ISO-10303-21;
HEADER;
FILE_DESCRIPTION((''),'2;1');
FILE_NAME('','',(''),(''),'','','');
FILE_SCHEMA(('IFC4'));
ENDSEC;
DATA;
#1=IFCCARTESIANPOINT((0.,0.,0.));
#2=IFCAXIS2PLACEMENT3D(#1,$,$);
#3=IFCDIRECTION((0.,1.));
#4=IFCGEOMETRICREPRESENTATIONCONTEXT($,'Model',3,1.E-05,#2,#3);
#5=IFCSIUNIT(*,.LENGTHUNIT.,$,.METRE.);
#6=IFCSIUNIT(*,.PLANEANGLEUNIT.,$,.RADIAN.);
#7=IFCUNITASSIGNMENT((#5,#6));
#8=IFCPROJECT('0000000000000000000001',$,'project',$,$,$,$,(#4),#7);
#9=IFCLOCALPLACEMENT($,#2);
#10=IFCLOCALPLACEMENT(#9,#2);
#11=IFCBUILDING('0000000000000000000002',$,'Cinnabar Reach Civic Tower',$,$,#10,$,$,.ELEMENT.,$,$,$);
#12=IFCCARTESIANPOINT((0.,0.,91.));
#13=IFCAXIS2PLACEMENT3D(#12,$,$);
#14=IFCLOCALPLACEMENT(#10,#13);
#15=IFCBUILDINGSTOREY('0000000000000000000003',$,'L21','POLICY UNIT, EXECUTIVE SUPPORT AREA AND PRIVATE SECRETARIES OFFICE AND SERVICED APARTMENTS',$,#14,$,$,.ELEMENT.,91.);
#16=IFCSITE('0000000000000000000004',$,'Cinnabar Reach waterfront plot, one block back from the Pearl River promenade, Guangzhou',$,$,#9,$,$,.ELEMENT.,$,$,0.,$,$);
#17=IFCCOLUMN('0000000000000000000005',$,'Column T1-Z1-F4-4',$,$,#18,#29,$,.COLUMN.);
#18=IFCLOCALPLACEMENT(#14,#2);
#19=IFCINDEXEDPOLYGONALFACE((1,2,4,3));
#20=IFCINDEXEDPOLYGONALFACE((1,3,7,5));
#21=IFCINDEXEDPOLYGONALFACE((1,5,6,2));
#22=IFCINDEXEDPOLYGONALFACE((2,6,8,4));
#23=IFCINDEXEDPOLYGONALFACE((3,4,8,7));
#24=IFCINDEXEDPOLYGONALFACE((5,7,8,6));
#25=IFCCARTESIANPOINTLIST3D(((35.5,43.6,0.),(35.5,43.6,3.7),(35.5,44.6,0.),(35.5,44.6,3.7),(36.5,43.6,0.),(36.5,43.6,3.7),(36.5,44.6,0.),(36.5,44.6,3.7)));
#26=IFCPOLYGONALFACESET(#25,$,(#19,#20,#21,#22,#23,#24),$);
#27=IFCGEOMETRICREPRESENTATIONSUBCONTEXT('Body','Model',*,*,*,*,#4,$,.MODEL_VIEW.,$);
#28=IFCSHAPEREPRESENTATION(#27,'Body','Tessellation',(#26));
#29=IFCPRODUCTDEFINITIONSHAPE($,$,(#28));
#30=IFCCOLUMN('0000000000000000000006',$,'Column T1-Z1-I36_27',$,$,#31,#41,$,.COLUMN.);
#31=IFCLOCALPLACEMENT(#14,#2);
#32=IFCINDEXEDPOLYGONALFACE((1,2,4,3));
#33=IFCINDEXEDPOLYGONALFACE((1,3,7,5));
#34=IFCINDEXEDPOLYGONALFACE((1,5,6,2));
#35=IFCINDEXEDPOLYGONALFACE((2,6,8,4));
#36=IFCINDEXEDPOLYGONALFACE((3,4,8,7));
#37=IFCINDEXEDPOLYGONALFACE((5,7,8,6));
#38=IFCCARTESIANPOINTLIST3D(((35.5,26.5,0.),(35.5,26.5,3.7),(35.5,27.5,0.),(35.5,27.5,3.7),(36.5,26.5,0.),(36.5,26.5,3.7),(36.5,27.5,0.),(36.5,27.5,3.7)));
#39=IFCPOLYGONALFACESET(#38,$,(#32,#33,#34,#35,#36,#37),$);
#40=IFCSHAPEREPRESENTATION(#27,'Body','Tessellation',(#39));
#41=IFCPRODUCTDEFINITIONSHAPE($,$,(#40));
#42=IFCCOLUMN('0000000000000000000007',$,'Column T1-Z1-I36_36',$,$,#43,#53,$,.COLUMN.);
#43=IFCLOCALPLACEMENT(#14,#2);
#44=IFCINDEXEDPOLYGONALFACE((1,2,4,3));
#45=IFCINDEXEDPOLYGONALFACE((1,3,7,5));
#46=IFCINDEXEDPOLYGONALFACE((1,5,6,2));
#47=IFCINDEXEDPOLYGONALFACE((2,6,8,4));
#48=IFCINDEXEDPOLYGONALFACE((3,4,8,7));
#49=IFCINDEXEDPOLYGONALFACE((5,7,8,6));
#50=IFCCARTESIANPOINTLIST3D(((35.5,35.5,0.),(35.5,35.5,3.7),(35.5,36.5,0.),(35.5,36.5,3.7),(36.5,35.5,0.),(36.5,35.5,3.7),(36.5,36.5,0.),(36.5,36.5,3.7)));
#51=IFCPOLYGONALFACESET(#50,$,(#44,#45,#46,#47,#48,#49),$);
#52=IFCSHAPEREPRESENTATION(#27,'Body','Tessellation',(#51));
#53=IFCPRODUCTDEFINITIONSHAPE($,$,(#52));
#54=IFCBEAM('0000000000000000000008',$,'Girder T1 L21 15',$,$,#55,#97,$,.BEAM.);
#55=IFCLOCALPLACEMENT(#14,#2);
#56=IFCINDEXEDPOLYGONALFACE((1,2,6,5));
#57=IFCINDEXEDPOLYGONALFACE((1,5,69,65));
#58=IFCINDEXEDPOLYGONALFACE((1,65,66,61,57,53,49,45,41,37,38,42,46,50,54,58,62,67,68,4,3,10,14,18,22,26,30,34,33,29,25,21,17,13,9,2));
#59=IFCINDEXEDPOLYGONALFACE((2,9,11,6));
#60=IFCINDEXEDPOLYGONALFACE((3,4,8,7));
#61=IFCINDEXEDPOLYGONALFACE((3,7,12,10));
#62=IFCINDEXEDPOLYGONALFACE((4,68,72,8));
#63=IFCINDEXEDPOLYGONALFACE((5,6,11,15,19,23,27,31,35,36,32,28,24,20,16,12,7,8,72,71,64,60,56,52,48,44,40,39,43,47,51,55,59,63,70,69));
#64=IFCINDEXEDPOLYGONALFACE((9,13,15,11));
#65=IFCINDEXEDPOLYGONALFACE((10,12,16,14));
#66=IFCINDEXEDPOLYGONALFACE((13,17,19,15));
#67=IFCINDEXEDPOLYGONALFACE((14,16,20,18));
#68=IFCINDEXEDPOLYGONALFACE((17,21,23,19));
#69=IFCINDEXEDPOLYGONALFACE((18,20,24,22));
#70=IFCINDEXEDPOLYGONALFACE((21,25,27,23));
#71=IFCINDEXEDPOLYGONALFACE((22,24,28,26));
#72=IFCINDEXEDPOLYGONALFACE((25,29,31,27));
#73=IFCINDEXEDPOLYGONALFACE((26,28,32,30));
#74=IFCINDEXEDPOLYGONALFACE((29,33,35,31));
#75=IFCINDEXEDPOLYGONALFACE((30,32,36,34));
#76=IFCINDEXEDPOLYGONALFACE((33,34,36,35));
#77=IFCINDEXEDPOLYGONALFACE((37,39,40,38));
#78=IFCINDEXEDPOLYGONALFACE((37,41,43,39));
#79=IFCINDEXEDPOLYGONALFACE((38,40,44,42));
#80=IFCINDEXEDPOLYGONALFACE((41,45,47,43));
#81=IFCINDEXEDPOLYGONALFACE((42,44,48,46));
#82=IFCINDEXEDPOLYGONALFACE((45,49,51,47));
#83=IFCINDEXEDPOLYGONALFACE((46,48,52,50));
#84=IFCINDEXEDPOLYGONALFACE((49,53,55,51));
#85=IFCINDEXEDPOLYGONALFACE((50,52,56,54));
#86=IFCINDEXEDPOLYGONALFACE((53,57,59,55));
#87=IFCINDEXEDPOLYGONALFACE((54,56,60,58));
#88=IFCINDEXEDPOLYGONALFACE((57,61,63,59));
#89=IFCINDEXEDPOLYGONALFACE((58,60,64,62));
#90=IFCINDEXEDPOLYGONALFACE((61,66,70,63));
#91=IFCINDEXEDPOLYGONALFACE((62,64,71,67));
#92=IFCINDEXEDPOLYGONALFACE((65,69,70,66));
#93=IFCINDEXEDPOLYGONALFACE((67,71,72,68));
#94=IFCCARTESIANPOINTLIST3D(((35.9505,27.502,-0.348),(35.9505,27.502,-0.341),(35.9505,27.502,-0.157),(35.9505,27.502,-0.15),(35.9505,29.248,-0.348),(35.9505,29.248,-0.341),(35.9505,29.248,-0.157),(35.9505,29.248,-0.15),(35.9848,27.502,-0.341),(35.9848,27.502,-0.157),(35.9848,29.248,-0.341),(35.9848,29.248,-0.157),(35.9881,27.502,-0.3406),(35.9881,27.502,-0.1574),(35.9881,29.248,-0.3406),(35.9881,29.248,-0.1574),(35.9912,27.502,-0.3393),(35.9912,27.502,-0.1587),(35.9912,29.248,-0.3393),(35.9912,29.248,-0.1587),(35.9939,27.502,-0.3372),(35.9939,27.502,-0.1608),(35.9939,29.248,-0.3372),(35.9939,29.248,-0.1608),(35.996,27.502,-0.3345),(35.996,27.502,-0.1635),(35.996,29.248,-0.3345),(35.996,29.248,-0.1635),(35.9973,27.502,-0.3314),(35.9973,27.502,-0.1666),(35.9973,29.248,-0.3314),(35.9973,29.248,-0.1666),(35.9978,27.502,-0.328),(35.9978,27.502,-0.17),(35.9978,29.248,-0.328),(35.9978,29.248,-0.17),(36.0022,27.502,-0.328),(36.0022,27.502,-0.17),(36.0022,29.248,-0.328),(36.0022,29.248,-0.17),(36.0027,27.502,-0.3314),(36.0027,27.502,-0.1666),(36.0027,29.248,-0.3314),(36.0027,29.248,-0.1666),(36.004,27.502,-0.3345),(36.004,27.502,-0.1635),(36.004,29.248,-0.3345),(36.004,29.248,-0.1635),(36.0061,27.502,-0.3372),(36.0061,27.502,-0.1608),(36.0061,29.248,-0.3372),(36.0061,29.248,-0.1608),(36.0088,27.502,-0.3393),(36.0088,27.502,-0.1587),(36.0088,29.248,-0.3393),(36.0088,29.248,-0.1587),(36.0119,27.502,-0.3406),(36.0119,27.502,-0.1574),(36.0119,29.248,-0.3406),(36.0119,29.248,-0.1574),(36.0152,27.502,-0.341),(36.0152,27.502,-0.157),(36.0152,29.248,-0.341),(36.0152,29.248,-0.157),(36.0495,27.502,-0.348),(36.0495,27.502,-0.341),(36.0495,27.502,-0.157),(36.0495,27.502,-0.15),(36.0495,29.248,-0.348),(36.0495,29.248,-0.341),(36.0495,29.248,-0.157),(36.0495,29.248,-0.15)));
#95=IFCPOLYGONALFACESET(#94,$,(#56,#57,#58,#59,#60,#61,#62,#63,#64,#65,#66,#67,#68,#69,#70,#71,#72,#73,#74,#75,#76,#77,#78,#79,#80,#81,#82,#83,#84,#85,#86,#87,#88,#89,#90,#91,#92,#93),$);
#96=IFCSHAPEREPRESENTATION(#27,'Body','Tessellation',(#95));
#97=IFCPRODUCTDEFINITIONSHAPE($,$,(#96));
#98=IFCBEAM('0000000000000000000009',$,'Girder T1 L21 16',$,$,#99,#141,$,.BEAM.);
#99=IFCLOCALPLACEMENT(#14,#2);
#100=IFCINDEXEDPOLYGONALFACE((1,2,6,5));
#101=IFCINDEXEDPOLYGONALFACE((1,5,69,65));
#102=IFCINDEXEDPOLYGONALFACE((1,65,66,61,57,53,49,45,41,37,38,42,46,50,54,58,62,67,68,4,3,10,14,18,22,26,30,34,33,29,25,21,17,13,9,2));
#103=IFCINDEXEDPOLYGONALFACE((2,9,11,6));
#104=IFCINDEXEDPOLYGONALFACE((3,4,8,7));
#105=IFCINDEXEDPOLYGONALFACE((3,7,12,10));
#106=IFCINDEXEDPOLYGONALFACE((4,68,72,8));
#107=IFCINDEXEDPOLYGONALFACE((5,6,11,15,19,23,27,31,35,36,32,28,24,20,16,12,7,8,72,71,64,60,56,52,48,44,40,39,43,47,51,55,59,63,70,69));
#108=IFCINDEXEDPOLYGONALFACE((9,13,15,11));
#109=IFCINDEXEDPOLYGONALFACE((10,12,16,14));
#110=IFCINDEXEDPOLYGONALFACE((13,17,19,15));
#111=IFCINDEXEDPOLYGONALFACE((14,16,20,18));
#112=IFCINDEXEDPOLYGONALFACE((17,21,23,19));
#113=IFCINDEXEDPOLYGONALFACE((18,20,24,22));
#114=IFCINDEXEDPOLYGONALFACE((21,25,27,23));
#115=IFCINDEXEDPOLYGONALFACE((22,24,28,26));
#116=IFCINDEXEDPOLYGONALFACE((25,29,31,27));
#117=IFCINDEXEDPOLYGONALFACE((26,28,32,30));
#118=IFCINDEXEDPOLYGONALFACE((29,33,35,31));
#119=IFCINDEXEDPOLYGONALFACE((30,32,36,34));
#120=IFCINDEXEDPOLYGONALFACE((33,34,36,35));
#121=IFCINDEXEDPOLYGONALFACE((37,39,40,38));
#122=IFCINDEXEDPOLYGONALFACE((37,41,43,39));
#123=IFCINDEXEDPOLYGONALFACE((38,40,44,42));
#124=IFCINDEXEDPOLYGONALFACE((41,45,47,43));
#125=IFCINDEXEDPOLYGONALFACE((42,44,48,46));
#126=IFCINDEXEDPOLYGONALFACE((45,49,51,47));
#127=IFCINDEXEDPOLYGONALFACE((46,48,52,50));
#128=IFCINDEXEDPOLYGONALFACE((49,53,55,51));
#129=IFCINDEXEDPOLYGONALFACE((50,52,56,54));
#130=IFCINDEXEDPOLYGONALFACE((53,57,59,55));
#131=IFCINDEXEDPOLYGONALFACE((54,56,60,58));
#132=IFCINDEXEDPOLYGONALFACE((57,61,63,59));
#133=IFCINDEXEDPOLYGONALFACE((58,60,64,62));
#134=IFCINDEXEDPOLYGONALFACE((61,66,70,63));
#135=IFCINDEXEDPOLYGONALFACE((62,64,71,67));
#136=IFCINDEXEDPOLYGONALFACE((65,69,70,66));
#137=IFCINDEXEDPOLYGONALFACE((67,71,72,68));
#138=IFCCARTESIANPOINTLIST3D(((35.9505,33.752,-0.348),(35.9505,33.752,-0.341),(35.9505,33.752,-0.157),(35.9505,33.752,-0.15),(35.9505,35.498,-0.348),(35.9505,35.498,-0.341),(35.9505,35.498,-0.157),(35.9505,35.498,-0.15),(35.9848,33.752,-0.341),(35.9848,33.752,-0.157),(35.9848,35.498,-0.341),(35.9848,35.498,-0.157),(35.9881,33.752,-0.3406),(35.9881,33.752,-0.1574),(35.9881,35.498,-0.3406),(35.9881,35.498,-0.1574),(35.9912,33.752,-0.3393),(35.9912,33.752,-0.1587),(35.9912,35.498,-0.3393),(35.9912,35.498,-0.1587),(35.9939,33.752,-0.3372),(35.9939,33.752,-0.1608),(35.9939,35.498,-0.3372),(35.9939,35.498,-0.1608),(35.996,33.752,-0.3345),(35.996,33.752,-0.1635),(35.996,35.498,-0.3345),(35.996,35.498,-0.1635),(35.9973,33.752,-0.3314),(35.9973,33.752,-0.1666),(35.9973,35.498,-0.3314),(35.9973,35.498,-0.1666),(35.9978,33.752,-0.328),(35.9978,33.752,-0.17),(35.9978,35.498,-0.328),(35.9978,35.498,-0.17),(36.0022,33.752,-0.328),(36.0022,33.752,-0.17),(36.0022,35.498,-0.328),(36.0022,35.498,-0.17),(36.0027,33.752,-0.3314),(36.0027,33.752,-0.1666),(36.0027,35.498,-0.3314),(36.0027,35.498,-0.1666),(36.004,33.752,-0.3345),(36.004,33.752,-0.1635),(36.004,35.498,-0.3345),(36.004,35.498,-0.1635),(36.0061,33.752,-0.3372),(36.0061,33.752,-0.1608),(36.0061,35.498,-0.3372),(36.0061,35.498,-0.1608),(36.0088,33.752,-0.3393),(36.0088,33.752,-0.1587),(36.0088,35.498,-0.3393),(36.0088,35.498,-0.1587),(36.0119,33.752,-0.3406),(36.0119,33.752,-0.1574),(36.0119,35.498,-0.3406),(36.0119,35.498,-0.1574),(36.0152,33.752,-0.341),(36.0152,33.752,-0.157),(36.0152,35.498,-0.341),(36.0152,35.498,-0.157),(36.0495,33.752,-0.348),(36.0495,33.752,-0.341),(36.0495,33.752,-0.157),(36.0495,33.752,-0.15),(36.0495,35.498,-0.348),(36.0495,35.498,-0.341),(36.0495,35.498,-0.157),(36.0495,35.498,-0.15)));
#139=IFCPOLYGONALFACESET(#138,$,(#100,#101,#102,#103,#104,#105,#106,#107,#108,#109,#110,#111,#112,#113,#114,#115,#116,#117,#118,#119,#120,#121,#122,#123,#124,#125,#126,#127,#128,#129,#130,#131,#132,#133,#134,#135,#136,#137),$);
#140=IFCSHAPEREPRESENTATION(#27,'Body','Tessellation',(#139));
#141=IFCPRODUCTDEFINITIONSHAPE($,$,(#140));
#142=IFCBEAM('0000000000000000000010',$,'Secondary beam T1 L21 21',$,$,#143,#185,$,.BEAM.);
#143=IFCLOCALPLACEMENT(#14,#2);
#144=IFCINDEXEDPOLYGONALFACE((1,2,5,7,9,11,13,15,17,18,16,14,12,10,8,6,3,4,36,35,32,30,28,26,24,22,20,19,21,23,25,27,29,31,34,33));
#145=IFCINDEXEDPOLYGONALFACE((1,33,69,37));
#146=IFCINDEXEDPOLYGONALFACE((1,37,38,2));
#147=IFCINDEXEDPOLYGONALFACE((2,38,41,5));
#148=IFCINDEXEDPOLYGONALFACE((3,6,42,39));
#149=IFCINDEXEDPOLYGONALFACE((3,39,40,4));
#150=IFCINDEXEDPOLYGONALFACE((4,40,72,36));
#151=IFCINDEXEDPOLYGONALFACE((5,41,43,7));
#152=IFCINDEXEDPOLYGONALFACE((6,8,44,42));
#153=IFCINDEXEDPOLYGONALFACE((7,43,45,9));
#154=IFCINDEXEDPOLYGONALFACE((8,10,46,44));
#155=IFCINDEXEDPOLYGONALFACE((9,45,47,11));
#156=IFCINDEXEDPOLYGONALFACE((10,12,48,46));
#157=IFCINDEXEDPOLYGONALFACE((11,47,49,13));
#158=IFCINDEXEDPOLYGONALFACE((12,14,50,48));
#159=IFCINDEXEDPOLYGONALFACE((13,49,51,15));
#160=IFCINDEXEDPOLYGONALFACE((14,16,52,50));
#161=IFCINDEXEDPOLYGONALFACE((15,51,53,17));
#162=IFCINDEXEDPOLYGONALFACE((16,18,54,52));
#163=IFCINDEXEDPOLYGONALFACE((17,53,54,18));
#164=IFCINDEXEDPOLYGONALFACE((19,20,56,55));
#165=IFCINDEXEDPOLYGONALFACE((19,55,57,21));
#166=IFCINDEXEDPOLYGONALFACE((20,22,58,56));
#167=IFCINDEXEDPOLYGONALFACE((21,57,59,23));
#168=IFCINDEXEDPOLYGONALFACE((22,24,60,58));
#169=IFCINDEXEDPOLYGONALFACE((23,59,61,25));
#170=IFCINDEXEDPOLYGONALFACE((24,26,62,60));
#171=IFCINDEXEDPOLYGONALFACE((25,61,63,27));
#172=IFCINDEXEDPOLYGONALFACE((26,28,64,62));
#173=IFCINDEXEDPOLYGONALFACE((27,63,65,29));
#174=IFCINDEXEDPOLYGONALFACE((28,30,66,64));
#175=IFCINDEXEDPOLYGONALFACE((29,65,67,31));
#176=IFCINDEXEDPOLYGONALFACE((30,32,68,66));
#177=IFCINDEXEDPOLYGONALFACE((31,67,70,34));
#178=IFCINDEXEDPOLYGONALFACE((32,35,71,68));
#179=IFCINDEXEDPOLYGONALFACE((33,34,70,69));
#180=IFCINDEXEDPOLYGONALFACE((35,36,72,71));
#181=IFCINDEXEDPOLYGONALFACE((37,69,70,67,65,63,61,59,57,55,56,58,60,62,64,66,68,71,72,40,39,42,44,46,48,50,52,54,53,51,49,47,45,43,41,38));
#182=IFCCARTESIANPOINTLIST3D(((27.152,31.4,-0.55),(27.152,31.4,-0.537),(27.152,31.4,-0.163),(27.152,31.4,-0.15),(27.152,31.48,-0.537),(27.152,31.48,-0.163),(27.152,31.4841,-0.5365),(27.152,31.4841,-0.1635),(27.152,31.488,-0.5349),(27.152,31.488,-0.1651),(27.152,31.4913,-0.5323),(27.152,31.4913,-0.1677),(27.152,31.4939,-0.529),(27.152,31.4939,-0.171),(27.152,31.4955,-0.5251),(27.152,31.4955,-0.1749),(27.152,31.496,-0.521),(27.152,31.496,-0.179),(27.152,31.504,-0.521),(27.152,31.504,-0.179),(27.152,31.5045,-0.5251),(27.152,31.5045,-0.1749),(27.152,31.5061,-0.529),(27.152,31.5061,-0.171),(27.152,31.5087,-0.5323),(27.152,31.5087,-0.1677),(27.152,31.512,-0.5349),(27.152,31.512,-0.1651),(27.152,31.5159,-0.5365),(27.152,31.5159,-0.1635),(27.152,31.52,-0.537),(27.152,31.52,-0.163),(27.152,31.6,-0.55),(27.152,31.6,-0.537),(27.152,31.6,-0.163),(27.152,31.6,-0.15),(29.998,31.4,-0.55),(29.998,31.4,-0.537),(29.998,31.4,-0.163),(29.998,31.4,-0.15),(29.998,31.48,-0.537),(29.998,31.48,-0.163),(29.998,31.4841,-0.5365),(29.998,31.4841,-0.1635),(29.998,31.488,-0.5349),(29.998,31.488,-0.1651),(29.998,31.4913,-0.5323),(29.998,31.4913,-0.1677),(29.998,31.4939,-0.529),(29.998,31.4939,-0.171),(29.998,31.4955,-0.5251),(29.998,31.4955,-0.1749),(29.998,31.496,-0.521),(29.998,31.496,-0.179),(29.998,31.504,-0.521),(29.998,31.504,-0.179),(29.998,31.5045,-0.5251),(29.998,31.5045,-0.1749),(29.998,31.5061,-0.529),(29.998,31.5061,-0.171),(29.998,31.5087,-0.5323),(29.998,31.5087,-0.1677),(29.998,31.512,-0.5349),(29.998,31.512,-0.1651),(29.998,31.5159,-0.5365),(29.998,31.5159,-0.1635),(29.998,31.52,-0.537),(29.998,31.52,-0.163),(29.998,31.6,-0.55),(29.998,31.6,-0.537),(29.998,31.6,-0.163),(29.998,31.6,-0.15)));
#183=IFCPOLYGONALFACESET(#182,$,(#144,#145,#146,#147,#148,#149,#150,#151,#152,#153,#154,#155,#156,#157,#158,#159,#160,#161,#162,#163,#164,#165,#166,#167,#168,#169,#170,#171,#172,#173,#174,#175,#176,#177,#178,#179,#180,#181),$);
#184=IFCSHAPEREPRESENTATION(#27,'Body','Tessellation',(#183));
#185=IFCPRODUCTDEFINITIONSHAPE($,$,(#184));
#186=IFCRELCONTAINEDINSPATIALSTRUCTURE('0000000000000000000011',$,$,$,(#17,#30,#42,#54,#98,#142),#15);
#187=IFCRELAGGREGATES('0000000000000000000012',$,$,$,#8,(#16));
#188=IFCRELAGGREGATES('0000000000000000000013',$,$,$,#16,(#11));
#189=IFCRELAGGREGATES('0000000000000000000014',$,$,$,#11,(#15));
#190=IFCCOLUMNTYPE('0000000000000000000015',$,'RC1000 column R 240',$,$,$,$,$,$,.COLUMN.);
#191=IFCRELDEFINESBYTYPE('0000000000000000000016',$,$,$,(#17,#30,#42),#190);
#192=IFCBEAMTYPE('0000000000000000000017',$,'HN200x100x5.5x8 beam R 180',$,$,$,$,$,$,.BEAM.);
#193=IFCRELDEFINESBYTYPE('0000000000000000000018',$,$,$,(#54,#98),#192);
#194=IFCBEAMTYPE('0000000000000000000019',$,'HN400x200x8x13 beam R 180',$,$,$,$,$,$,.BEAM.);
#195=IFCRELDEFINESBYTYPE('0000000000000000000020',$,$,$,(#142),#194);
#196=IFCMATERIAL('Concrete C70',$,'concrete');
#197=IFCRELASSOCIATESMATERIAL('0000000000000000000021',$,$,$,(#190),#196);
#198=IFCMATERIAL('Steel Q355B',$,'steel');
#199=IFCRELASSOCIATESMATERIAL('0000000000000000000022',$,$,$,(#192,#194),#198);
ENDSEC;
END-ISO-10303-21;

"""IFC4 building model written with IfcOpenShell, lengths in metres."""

from ifc_helpers import new_model, si_unit, direction, frame, origin, origin_2d, place, context, subcontext, project, spatial, rectangle, i_section, extrude, material, material_profile, profile_set, type_object, element, save


model = new_model("IFC4")

# Units and contexts
model_context = context("Model", 3, precision=1e-05, world=origin(), true_north=direction((0.0, 1.0)))
body_context = subcontext(model_context, "Body", "Model", "MODEL_VIEW")
ifc_project = project(units=[si_unit("LENGTHUNIT", "METRE"), si_unit("PLANEANGLEUNIT", "RADIAN")], contexts=[model_context])

# Site, building, storey
site_placement = place(None, origin())
site = spatial("IfcSite", under=ifc_project, at=site_placement, Name="Cinnabar Reach waterfront plot, one block back from the Pearl River promenade, Guangzhou", CompositionType="ELEMENT", RefElevation=0.0)
building_placement = place(site_placement, origin())
building = spatial("IfcBuilding", under=site, at=building_placement, Name="Cinnabar Reach Civic Tower", CompositionType="ELEMENT")
storey_placement = place(building_placement, frame((0.0, 0.0, 91.0)))
storey = spatial("IfcBuildingStorey", under=building, at=storey_placement, Name="L21", Description="POLICY UNIT, EXECUTIVE SUPPORT AREA AND PRIVATE SECRETARIES OFFICE AND SERVICED APARTMENTS", CompositionType="ELEMENT", Elevation=91.0)

# Columns
ifc_material_1 = material(Name="Concrete C70", Category="concrete")
ifc_material_profile_1 = material_profile(ifc_material_1, rectangle(XDim=1.0, YDim=1.0, at=origin_2d()), Name="RC1000")
ifc_profile_set_1 = profile_set([ifc_material_profile_1], Name="Concrete C70")
column_type = type_object("IfcColumnType", Name="RC1000 column R 240", PredefinedType="COLUMN", material=ifc_profile_set_1)
for number, where, z_axis, x_axis, name in (
    (1, (36.0, 44.1, 0.0), (0.0, 0.0, 1.0), (1.0, 0.0, 0.0), "Column T1-Z1-F4-4"),
    (2, (36.0, 27.0, 0.0), (0.0, 0.0, 1.0), (1.0, 0.0, 0.0), "Column T1-Z1-I36_27"),
    (3, (36.0, 36.0, 0.0), (0.0, 0.0, 1.0), (1.0, 0.0, 0.0), "Column T1-Z1-I36_36"),
):
    element("IfcColumn", number, at=place(storey_placement, frame(where, z_axis=z_axis, x_axis=x_axis)), inside=storey, type_object=column_type, Name=name, PredefinedType="COLUMN", context=body_context, shape_type="SweptSolid", body=[
        extrude(rectangle(XDim=1.0, YDim=1.0, at=origin_2d()), origin(), (0.0, 0.0, 1.0), 3.7),
    ])

# Beams
ifc_material_2 = material(Name="Steel Q355B", Category="steel")
ifc_material_profile_2 = material_profile(ifc_material_2, i_section(OverallWidth=0.099, OverallDepth=0.198, WebThickness=0.0045, FlangeThickness=0.007, FilletRadius=0.013, at=origin_2d()), Name="HN200x100x5.5x8")
ifc_profile_set_2 = profile_set([ifc_material_profile_2], Name="Steel Q355B")
beam_type_1 = type_object("IfcBeamType", Name="HN200x100x5.5x8 beam R 180", PredefinedType="BEAM", material=ifc_profile_set_2)
for number, where, z_axis, x_axis, name in (
    (4, (36.0, 27.502, -0.249), (0.0, 1.0, 0.0), (-1.0, 0.0, 0.0), "Girder T1 L21 15"),
    (5, (36.0, 33.752, -0.249), (0.0, 1.0, 0.0), (-1.0, 0.0, 0.0), "Girder T1 L21 16"),
):
    element("IfcBeam", number, at=place(storey_placement, frame(where, z_axis=z_axis, x_axis=x_axis)), inside=storey, type_object=beam_type_1, Name=name, PredefinedType="BEAM", context=body_context, shape_type="SweptSolid", body=[
        extrude(i_section(OverallWidth=0.099, OverallDepth=0.198, WebThickness=0.0045, FlangeThickness=0.007, FilletRadius=0.013, at=origin_2d()), origin(), (0.0, 0.0, 1.0), 1.746),
    ])
ifc_material_profile_3 = material_profile(ifc_material_2, i_section(OverallWidth=0.2, OverallDepth=0.4, WebThickness=0.008, FlangeThickness=0.013, FilletRadius=0.016, at=origin_2d()), Name="HN400x200x8x13")
ifc_profile_set_3 = profile_set([ifc_material_profile_3], Name="Steel Q355B")
beam_type_2 = type_object("IfcBeamType", Name="HN400x200x8x13 beam R 180", PredefinedType="BEAM", material=ifc_profile_set_3)
beam_1_placement = place(storey_placement, frame((27.152, 31.5, -0.35), z_axis=(1.0, 0.0, 0.0), x_axis=(0.0, 1.0, 0.0)))
element("IfcBeam", 6, at=beam_1_placement, inside=storey, type_object=beam_type_2, Name="Secondary beam T1 L21 21", PredefinedType="BEAM", context=body_context, shape_type="SweptSolid", body=[
    extrude(i_section(OverallWidth=0.2, OverallDepth=0.4, WebThickness=0.008, FlangeThickness=0.013, FilletRadius=0.016, at=origin_2d()), origin(), (0.0, 0.0, 1.0), 2.846),
])

save(model, "model.ifc")
